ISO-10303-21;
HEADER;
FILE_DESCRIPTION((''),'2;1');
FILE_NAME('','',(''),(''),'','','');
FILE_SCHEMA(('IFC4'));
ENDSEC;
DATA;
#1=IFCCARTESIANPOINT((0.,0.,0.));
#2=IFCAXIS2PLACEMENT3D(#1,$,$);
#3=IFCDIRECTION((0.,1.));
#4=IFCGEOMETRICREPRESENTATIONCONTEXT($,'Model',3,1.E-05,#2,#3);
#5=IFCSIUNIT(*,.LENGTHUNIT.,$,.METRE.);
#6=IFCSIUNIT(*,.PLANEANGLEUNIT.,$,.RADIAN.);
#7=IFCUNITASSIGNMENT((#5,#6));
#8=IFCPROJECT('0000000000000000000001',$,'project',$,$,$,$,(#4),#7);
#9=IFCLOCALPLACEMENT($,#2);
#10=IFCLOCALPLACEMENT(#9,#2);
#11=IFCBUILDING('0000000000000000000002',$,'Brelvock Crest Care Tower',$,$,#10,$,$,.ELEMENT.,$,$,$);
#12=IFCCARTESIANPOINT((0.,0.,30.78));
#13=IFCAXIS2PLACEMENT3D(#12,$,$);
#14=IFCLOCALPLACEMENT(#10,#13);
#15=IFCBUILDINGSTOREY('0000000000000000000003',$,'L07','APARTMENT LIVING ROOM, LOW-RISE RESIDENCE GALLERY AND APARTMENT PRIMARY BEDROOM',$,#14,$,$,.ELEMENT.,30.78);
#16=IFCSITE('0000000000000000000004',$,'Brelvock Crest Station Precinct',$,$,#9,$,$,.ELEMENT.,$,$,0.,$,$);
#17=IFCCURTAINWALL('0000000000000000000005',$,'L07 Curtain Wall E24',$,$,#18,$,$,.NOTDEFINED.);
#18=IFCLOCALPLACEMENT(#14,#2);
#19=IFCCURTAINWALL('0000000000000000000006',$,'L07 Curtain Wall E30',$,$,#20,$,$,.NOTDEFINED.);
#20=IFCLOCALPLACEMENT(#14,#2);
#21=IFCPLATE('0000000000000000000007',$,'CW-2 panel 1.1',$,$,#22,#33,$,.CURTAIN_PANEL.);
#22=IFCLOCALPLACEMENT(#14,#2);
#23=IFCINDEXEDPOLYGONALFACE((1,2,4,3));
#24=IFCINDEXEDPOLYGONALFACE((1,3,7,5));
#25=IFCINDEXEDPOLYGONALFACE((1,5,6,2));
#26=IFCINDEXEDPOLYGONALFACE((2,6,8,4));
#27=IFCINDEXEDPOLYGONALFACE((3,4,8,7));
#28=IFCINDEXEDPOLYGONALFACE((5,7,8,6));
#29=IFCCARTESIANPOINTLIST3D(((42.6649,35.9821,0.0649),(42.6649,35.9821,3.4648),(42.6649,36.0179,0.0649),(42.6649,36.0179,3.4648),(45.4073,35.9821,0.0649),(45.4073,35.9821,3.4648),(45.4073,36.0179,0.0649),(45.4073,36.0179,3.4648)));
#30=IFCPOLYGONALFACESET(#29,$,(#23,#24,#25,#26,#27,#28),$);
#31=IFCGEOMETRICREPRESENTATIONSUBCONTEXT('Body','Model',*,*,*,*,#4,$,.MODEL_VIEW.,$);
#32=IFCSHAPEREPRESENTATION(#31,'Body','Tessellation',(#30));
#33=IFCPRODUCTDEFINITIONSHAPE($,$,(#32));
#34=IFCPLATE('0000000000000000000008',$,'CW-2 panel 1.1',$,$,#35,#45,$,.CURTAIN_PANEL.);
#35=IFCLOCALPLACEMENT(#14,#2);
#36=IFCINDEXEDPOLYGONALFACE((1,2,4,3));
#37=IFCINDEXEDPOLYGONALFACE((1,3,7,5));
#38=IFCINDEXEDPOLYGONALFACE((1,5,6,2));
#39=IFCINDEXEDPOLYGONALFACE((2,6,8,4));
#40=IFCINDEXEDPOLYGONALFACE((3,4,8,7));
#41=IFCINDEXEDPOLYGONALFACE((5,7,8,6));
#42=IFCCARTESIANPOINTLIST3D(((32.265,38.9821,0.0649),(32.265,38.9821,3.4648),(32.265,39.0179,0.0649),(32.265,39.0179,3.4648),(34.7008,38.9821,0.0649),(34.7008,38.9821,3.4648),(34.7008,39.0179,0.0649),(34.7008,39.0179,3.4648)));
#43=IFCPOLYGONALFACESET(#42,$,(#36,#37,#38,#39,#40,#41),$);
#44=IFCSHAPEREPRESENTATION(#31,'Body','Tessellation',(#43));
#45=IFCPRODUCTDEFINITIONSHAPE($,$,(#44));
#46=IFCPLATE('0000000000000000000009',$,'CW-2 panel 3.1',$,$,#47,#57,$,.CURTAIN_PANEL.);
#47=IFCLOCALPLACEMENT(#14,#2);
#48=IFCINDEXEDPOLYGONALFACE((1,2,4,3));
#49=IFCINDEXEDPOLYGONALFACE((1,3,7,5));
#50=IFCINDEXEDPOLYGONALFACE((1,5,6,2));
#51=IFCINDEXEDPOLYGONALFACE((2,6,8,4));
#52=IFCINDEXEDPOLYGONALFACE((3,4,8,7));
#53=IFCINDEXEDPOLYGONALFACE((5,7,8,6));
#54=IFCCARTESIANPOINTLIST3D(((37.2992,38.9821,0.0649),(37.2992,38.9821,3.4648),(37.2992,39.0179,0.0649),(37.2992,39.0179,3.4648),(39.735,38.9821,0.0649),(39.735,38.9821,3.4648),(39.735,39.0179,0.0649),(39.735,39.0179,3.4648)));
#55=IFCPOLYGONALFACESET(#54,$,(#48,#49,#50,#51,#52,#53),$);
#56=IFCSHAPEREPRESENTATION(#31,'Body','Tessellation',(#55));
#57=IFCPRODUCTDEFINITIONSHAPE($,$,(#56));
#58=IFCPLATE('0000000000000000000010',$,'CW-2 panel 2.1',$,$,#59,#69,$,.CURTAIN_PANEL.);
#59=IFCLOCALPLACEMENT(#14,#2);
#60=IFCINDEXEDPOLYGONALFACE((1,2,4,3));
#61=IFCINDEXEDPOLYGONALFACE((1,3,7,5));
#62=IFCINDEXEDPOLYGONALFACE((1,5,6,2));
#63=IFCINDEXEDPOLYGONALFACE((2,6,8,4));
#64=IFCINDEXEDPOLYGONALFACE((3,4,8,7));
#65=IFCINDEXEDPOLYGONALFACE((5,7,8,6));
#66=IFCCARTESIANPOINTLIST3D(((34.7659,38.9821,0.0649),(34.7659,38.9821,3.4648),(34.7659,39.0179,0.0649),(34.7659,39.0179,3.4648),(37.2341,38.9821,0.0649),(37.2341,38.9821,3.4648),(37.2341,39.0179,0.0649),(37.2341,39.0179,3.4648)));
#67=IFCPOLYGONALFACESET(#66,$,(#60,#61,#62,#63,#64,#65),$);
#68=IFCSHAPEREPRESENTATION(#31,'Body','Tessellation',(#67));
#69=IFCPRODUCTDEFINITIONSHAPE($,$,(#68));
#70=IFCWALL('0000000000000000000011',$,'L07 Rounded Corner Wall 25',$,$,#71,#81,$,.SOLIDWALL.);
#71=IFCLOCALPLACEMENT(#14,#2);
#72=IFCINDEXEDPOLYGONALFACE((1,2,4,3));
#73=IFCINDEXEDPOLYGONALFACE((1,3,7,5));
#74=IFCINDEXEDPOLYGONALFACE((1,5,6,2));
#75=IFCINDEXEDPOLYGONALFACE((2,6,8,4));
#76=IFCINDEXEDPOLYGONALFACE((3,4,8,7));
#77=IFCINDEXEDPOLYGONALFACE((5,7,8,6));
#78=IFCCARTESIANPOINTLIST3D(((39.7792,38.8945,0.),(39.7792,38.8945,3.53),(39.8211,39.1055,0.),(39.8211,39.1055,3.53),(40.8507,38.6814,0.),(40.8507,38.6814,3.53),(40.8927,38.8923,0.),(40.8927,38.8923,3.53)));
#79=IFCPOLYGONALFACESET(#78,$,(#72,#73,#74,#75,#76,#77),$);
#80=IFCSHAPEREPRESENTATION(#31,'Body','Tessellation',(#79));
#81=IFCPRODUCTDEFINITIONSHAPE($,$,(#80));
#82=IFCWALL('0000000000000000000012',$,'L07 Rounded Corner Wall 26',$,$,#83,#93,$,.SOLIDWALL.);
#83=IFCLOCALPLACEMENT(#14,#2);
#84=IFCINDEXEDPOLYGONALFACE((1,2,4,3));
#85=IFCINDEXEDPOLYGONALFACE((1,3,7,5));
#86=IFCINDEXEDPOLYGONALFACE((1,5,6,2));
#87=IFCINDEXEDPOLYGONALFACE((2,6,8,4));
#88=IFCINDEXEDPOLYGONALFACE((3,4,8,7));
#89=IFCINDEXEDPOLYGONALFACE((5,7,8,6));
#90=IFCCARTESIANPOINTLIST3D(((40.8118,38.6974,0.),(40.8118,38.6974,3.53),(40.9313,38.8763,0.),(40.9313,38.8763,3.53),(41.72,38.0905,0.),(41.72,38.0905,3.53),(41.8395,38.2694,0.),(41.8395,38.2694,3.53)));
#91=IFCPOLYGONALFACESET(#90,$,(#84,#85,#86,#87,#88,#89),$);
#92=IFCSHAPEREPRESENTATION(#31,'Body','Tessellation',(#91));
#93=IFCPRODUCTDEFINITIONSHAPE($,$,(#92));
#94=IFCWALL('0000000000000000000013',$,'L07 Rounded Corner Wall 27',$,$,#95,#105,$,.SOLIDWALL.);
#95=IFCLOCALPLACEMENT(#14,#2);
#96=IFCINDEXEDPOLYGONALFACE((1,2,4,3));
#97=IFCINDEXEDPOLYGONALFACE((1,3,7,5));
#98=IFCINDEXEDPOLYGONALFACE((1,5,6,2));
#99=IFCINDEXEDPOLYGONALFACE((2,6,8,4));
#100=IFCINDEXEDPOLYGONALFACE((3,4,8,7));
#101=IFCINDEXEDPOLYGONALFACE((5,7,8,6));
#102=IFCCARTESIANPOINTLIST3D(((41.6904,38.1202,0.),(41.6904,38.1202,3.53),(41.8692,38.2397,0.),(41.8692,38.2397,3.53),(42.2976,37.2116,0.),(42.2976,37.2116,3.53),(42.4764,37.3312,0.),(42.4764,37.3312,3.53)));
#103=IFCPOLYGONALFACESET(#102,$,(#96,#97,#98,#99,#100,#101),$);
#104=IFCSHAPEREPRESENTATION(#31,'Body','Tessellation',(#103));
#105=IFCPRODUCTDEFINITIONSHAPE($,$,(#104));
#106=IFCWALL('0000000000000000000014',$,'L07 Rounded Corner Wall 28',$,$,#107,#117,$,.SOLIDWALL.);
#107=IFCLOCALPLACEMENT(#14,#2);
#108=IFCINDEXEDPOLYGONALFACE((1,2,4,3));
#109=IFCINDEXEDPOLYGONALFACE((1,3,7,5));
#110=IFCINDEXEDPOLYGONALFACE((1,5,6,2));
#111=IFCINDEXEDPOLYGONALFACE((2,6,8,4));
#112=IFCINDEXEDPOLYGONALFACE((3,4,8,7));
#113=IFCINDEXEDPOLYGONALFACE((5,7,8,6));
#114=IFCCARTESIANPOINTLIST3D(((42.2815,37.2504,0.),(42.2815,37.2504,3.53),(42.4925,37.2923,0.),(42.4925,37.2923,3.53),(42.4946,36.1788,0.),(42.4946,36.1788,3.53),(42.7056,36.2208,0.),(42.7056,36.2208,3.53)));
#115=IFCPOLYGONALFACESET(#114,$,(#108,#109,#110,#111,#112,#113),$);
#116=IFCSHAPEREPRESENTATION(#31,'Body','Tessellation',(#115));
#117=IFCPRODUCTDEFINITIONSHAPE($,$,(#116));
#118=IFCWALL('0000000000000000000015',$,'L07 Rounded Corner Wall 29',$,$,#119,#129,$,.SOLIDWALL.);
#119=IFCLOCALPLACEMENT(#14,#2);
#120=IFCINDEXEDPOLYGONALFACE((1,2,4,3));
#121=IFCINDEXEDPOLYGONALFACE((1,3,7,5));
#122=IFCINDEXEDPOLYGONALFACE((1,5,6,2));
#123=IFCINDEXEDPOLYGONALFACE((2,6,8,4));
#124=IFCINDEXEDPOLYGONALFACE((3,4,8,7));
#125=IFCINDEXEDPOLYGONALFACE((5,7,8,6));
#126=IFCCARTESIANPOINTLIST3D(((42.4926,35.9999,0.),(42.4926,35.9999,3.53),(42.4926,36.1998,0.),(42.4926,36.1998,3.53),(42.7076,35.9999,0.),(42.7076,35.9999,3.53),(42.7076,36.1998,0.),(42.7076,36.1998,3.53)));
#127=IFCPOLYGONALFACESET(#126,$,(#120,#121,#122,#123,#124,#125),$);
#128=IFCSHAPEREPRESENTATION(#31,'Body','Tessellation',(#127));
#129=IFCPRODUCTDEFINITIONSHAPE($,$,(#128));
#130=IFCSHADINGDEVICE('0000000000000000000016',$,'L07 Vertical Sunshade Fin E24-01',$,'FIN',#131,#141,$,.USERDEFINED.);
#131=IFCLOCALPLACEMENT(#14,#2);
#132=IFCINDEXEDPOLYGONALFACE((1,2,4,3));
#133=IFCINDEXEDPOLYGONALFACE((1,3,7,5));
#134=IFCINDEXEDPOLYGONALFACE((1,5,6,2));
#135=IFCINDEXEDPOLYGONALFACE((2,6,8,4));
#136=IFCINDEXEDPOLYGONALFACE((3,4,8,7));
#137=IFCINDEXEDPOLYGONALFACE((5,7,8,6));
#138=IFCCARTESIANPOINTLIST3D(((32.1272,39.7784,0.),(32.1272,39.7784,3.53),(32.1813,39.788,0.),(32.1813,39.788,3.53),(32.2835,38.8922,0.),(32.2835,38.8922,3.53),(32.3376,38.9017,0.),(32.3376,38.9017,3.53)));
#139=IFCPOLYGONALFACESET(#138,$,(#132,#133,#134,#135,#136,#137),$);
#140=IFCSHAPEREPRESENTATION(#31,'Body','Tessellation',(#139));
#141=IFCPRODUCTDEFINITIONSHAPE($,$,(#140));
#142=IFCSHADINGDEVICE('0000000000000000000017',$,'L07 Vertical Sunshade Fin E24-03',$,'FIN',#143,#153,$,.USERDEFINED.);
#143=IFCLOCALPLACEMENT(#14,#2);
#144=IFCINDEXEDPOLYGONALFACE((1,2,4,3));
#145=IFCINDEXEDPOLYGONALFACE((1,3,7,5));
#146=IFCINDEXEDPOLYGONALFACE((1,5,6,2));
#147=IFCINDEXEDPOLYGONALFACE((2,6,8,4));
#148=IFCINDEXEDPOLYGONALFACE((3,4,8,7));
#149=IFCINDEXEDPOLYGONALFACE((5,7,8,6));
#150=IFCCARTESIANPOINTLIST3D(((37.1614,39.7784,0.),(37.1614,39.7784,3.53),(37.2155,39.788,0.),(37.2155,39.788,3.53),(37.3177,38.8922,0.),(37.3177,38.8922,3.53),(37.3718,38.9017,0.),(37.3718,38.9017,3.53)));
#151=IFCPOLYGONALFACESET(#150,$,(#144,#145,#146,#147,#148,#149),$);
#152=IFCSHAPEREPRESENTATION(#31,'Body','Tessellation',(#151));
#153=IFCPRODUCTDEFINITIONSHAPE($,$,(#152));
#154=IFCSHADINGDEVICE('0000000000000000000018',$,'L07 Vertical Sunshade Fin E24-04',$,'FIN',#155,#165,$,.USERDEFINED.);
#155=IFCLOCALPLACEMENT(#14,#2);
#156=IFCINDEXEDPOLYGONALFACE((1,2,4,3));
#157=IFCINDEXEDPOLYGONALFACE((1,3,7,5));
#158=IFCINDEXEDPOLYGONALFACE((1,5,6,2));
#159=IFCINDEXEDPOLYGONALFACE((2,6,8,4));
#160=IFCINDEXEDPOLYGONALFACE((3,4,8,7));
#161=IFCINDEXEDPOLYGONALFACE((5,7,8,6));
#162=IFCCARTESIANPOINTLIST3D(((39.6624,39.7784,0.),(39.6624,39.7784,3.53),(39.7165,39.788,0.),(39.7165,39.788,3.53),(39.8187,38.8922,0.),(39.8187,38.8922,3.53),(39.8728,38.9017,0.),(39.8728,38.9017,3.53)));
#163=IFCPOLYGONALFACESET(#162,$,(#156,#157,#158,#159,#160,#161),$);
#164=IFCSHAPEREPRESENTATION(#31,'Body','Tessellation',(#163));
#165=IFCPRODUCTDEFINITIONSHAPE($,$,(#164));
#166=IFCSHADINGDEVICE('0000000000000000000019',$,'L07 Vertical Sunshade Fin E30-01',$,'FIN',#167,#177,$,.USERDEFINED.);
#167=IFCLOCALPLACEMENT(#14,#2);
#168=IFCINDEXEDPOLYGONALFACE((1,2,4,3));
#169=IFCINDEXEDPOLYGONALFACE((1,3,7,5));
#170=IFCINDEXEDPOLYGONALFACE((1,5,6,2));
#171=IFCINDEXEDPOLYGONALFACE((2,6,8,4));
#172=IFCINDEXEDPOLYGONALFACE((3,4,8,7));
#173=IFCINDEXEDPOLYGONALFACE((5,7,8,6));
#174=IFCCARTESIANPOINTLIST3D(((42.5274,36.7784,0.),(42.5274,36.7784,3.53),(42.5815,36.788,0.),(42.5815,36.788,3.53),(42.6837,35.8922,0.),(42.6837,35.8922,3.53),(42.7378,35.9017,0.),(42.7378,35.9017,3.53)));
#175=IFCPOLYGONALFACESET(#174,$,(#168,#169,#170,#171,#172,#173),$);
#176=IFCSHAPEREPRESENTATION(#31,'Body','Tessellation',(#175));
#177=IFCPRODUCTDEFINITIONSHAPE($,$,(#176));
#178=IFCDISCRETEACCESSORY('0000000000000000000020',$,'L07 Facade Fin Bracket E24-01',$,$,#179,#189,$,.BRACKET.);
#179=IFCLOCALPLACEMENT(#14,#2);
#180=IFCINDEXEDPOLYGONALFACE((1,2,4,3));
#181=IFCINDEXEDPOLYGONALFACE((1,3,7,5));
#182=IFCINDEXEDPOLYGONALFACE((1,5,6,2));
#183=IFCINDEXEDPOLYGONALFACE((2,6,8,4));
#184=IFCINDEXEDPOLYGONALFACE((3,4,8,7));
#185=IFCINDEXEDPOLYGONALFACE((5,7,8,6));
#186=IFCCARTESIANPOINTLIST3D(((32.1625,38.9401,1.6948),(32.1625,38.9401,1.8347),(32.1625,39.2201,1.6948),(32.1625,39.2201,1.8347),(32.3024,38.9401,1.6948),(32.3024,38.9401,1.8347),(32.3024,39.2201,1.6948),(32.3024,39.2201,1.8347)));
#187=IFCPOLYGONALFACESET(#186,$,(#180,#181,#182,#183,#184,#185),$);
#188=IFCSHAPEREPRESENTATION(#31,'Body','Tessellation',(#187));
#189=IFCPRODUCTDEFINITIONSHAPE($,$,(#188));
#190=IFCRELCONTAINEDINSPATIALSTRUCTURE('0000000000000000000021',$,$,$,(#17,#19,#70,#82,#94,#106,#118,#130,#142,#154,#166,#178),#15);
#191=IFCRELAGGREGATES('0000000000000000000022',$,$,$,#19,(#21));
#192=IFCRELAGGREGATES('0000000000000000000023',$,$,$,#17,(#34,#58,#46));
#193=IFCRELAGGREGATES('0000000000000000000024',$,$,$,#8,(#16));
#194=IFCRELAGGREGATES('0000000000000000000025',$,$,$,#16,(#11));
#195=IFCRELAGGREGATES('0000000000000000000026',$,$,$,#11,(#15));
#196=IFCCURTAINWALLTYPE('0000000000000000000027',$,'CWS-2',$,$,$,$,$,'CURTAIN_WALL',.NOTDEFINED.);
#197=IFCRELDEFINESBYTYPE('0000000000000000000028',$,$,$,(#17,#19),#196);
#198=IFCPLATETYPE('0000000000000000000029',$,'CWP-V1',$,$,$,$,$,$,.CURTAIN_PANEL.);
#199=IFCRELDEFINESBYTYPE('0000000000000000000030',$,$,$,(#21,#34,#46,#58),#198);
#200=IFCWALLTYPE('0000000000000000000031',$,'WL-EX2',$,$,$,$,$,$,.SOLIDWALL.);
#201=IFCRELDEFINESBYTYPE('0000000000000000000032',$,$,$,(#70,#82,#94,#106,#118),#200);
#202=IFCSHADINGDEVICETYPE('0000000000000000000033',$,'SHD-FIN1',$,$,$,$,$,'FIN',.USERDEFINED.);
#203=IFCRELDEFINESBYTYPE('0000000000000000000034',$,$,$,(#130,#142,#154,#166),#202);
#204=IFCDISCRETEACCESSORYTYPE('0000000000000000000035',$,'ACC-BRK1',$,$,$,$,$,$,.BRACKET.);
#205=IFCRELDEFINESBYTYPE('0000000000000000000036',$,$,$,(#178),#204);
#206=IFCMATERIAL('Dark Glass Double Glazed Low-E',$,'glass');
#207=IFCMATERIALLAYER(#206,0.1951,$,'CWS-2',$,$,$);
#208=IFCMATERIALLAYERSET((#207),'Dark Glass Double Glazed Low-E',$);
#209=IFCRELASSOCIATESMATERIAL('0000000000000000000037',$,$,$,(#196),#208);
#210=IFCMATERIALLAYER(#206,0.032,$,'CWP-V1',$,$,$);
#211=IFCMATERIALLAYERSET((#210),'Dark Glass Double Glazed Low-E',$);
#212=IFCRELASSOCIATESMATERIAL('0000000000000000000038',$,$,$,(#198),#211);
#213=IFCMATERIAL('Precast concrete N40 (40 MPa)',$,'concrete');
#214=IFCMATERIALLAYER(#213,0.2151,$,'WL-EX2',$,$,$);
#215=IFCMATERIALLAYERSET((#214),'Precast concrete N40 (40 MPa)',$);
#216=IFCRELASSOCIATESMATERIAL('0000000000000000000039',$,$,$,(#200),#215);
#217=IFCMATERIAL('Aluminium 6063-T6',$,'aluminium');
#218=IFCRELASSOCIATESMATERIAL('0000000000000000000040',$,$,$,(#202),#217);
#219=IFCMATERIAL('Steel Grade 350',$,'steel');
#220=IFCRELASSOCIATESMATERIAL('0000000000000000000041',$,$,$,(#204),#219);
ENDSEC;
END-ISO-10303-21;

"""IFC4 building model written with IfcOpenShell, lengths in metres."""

from ifc_helpers import new_model, si_unit, direction, frame, frame_2d, origin, origin_2d, place, context, subcontext, project, spatial, rectangle, extrude, source, transform, mapped, material, layer, layer_set, material_profile, profile_set, type_object, element, aggregate, save


model = new_model("IFC4")

# Units and contexts
model_context = context("Model", 3, precision=1e-05, world=origin(), true_north=direction((0.0, 1.0)))
body_context = subcontext(model_context, "Body", "Model", "MODEL_VIEW")
ifc_project = project(units=[si_unit("LENGTHUNIT", "METRE"), si_unit("PLANEANGLEUNIT", "RADIAN")], contexts=[model_context])

# Site, building, storey
site_placement = place(None, origin())
site = spatial("IfcSite", under=ifc_project, at=site_placement, Name="Brelvock Crest Station Precinct", CompositionType="ELEMENT", RefElevation=0.0)
building_placement = place(site_placement, origin())
building = spatial("IfcBuilding", under=site, at=building_placement, Name="Brelvock Crest Care Tower", CompositionType="ELEMENT")
storey_placement = place(building_placement, frame((0.0, 0.0, 30.78)))
storey = spatial("IfcBuildingStorey", under=building, at=storey_placement, Name="L07", Description="APARTMENT LIVING ROOM, LOW-RISE RESIDENCE GALLERY AND APARTMENT PRIMARY BEDROOM", CompositionType="ELEMENT", Elevation=30.78)

# Shared definitions
ifc_material_1 = material(Name="Steel Grade 350", Category="steel")

# Curtain walls
ifc_material_2 = material(Name="Dark Glass Double Glazed Low-E", Category="glass")
ifc_layer_1 = layer(ifc_material_2, 0.1951, Name="CWS-2")
ifc_layer_set_1 = layer_set([ifc_layer_1], Name="Dark Glass Double Glazed Low-E")
curtain_wall_type = type_object("IfcCurtainWallType", Name="CWS-2", ElementType="CURTAIN_WALL", PredefinedType="NOTDEFINED", material=ifc_layer_set_1)
curtain_wall_1_placement = place(storey_placement, origin())
curtain_wall_1 = element("IfcCurtainWall", 1, at=curtain_wall_1_placement, inside=storey, type_object=curtain_wall_type, Name="L07 Curtain Wall E24", PredefinedType="NOTDEFINED")
ifc_material_3 = material(Name="Aluminium 6063-T6", Category="aluminium")
curtain_wall_2_placement = place(storey_placement, origin())
curtain_wall_2 = element("IfcCurtainWall", 2, at=curtain_wall_2_placement, inside=storey, type_object=curtain_wall_type, Name="L07 Curtain Wall E30", PredefinedType="NOTDEFINED")

# Plates
ifc_layer_2 = layer(ifc_material_2, 0.032, Name="CWP-V1")
ifc_layer_set_2 = layer_set([ifc_layer_2], Name="Dark Glass Double Glazed Low-E")
plate_type = type_object("IfcPlateType", Name="CWP-V1", PredefinedType="CURTAIN_PANEL", material=ifc_layer_set_2)
shared_shape_1 = source(origin(), body_context, "Body", "SweptSolid", [
    extrude(rectangle(XDim=2.7424, YDim=0.0359, at=origin_2d()), origin(), (0.0, 0.0, 1.0), 3.3999),
])
plate_1_placement = place(storey_placement, frame((44.0361, 36.0, 0.0649), z_axis=(0.0, 0.0, 1.0), x_axis=(1.0, 0.0, 0.0)))
plate_1 = element("IfcPlate", 3, at=plate_1_placement, type_object=plate_type, Name="CW-2 panel 1.1", PredefinedType="CURTAIN_PANEL", context=body_context, shape_type="MappedRepresentation", body=[
    mapped(shared_shape_1, transform((0.0, 0.0, 0.0), x_axis=(1.0, 0.0, 0.0), y_axis=(0.0, 1.0, 0.0), z_axis=(0.0, 0.0, 1.0), scale=1.0)),
])
aggregate(curtain_wall_2, [plate_1])
shared_shape_2 = source(origin(), body_context, "Body", "SweptSolid", [
    extrude(rectangle(XDim=2.4358, YDim=0.0359, at=origin_2d()), origin(), (0.0, 0.0, 1.0), 3.3999),
])
plate_2_placement = place(storey_placement, frame((33.4829, 39.0, 0.0649), z_axis=(0.0, 0.0, 1.0), x_axis=(1.0, 0.0, 0.0)))
plate_2 = element("IfcPlate", 4, at=plate_2_placement, type_object=plate_type, Name="CW-2 panel 1.1", PredefinedType="CURTAIN_PANEL", context=body_context, shape_type="MappedRepresentation", body=[
    mapped(shared_shape_2, transform((0.0, 0.0, 0.0), x_axis=(1.0, 0.0, 0.0), y_axis=(0.0, 1.0, 0.0), z_axis=(0.0, 0.0, 1.0), scale=1.0)),
])
plate_3_placement = place(storey_placement, frame((38.5171, 39.0, 0.0649), z_axis=(0.0, 0.0, 1.0), x_axis=(1.0, 0.0, 0.0)))
plate_3 = element("IfcPlate", 5, at=plate_3_placement, type_object=plate_type, Name="CW-2 panel 3.1", PredefinedType="CURTAIN_PANEL", context=body_context, shape_type="MappedRepresentation", body=[
    mapped(shared_shape_2, transform((0.0, 0.0, 0.0), x_axis=(1.0, 0.0, 0.0), y_axis=(0.0, 1.0, 0.0), z_axis=(0.0, 0.0, 1.0), scale=1.0)),
])
shared_shape_3 = source(origin(), body_context, "Body", "SweptSolid", [
    extrude(rectangle(XDim=2.4683, YDim=0.0359, at=origin_2d()), origin(), (0.0, 0.0, 1.0), 3.3999),
])
plate_4_placement = place(storey_placement, frame((36.0, 39.0, 0.0649), z_axis=(0.0, 0.0, 1.0), x_axis=(1.0, 0.0, 0.0)))
plate_4 = element("IfcPlate", 6, at=plate_4_placement, type_object=plate_type, Name="CW-2 panel 2.1", PredefinedType="CURTAIN_PANEL", context=body_context, shape_type="MappedRepresentation", body=[
    mapped(shared_shape_3, transform((0.0, 0.0, 0.0), x_axis=(1.0, 0.0, 0.0), y_axis=(0.0, 1.0, 0.0), z_axis=(0.0, 0.0, 1.0), scale=1.0)),
])
aggregate(curtain_wall_1, [plate_2, plate_4, plate_3])

# Walls
ifc_material_4 = material(Name="Precast concrete N40 (40 MPa)", Category="concrete")
ifc_layer_3 = layer(ifc_material_4, 0.2151, Name="WL-EX2")
ifc_layer_set_3 = layer_set([ifc_layer_3], Name="Precast concrete N40 (40 MPa)")
wall_type = type_object("IfcWallType", Name="WL-EX2", PredefinedType="SOLIDWALL", material=ifc_layer_set_3)
wall_1_placement = place(storey_placement, frame((39.8, 39.0, 0.0), z_axis=(0.0, 0.0, 1.0), x_axis=(0.980786, -0.195085, 0.0)))
element("IfcWall", 7, at=wall_1_placement, inside=storey, type_object=wall_type, Name="L07 Rounded Corner Wall 25", PredefinedType="SOLIDWALL", context=body_context, shape_type="SweptSolid", body=[
    extrude(rectangle(XDim=1.0925, YDim=0.2151, at=frame_2d((0.5464, 0.0))), origin(), (0.0, 0.0, 1.0), 3.53),
])
wall_2_placement = place(storey_placement, frame((40.8716, 38.7869, 0.0), z_axis=(0.0, 0.0, 1.0), x_axis=(0.831431, -0.555628, 0.0)))
element("IfcWall", 8, at=wall_2_placement, inside=storey, type_object=wall_type, Name="L07 Rounded Corner Wall 26", PredefinedType="SOLIDWALL", context=body_context, shape_type="SweptSolid", body=[
    extrude(rectangle(XDim=1.0923, YDim=0.2151, at=frame_2d((0.5461, 0.0))), origin(), (0.0, 0.0, 1.0), 3.53),
])
wall_3_placement = place(storey_placement, frame((41.7798, 38.1799, 0.0), z_axis=(0.0, 0.0, 1.0), x_axis=(0.555679, -0.831397, 0.0)))
element("IfcWall", 9, at=wall_3_placement, inside=storey, type_object=wall_type, Name="L07 Rounded Corner Wall 27", PredefinedType="SOLIDWALL", context=body_context, shape_type="SweptSolid", body=[
    extrude(rectangle(XDim=1.0928, YDim=0.2151, at=frame_2d((0.5464, 0.0))), origin(), (0.0, 0.0, 1.0), 3.53),
])
wall_4_placement = place(storey_placement, frame((42.387, 37.2715, 0.0), z_axis=(0.0, 0.0, 1.0), x_axis=(0.195085, -0.980786, 0.0)))
element("IfcWall", 10, at=wall_4_placement, inside=storey, type_object=wall_type, Name="L07 Rounded Corner Wall 28", PredefinedType="SOLIDWALL", context=body_context, shape_type="SweptSolid", body=[
    extrude(rectangle(XDim=1.0925, YDim=0.2151, at=frame_2d((0.5464, 0.0))), origin(), (0.0, 0.0, 1.0), 3.53),
])
wall_5_placement = place(storey_placement, frame((42.6001, 36.2, 0.0), z_axis=(0.0, 0.0, 1.0), x_axis=(0.0, -1.0, 0.0)))
element("IfcWall", 11, at=wall_5_placement, inside=storey, type_object=wall_type, Name="L07 Rounded Corner Wall 29", PredefinedType="SOLIDWALL", context=body_context, shape_type="SweptSolid", body=[
    extrude(rectangle(XDim=0.2, YDim=0.2151, at=frame_2d((0.1001, 0.0))), origin(), (0.0, 0.0, 1.0), 3.53),
])

# Shading devices
ifc_material_profile_1 = material_profile(ifc_material_3, rectangle(XDim=0.0549, YDim=0.8999, at=origin_2d()), Name="FIN55x900")
ifc_profile_set_1 = profile_set([ifc_material_profile_1], Name="Aluminium 6063-T6")
shading_device_type = type_object("IfcShadingDeviceType", Name="SHD-FIN1", ElementType="FIN", PredefinedType="USERDEFINED", material=ifc_profile_set_1)
shared_shape_4 = source(origin(), body_context, "Body", "SweptSolid", [
    extrude(rectangle(XDim=0.0549, YDim=0.8999, at=origin_2d()), origin(), (0.0, 0.0, 1.0), 3.53),
])
for number, where, z_axis, x_axis, name in (
    (12, (32.2324, 39.3401, 0.0), (0.0, 0.0, 1.0), (0.984808, 0.173648, 0.0), "L07 Vertical Sunshade Fin E24-01"),
    (13, (37.2666, 39.3401, 0.0), (0.0, 0.0, 1.0), (0.984808, 0.173648, 0.0), "L07 Vertical Sunshade Fin E24-03"),
    (14, (39.7676, 39.3401, 0.0), (0.0, 0.0, 1.0), (0.984808, 0.173648, 0.0), "L07 Vertical Sunshade Fin E24-04"),
    (15, (42.6326, 36.3401, 0.0), (0.0, 0.0, 1.0), (0.984808, 0.173648, 0.0), "L07 Vertical Sunshade Fin E30-01"),
):
    element("IfcShadingDevice", number, at=place(storey_placement, frame(where, z_axis=z_axis, x_axis=x_axis)), inside=storey, type_object=shading_device_type, Name=name, ObjectType="FIN", PredefinedType="USERDEFINED", context=body_context, shape_type="MappedRepresentation", body=[
        mapped(shared_shape_4, transform((0.0, 0.0, 0.0), x_axis=(1.0, 0.0, 0.0), y_axis=(0.0, 1.0, 0.0), z_axis=(0.0, 0.0, 1.0), scale=1.0)),
    ])

# Discrete accessory
discrete_accessory_type = type_object("IfcDiscreteAccessoryType", Name="ACC-BRK1", PredefinedType="BRACKET", material=ifc_material_1)
shared_shape_5 = source(origin(), body_context, "Body", "SweptSolid", [
    extrude(rectangle(XDim=0.28, YDim=0.1399, at=origin_2d()), origin(), (0.0, 0.0, 1.0), 0.1399),
])
for number, where, z_axis, x_axis, name in (
    (16, (32.2324, 39.0801, 1.6948), (0.0, 0.0, 1.0), (0.0, 1.0, 0.0), "L07 Facade Fin Bracket E24-01"),
):
    element("IfcDiscreteAccessory", number, at=place(storey_placement, frame(where, z_axis=z_axis, x_axis=x_axis)), inside=storey, type_object=discrete_accessory_type, Name=name, PredefinedType="BRACKET", context=body_context, shape_type="MappedRepresentation", body=[
        mapped(shared_shape_5, transform((0.0, 0.0, 0.0), x_axis=(1.0, 0.0, 0.0), y_axis=(0.0, 1.0, 0.0), z_axis=(0.0, 0.0, 1.0), scale=1.0)),
    ])

save(model, "model.ifc")
